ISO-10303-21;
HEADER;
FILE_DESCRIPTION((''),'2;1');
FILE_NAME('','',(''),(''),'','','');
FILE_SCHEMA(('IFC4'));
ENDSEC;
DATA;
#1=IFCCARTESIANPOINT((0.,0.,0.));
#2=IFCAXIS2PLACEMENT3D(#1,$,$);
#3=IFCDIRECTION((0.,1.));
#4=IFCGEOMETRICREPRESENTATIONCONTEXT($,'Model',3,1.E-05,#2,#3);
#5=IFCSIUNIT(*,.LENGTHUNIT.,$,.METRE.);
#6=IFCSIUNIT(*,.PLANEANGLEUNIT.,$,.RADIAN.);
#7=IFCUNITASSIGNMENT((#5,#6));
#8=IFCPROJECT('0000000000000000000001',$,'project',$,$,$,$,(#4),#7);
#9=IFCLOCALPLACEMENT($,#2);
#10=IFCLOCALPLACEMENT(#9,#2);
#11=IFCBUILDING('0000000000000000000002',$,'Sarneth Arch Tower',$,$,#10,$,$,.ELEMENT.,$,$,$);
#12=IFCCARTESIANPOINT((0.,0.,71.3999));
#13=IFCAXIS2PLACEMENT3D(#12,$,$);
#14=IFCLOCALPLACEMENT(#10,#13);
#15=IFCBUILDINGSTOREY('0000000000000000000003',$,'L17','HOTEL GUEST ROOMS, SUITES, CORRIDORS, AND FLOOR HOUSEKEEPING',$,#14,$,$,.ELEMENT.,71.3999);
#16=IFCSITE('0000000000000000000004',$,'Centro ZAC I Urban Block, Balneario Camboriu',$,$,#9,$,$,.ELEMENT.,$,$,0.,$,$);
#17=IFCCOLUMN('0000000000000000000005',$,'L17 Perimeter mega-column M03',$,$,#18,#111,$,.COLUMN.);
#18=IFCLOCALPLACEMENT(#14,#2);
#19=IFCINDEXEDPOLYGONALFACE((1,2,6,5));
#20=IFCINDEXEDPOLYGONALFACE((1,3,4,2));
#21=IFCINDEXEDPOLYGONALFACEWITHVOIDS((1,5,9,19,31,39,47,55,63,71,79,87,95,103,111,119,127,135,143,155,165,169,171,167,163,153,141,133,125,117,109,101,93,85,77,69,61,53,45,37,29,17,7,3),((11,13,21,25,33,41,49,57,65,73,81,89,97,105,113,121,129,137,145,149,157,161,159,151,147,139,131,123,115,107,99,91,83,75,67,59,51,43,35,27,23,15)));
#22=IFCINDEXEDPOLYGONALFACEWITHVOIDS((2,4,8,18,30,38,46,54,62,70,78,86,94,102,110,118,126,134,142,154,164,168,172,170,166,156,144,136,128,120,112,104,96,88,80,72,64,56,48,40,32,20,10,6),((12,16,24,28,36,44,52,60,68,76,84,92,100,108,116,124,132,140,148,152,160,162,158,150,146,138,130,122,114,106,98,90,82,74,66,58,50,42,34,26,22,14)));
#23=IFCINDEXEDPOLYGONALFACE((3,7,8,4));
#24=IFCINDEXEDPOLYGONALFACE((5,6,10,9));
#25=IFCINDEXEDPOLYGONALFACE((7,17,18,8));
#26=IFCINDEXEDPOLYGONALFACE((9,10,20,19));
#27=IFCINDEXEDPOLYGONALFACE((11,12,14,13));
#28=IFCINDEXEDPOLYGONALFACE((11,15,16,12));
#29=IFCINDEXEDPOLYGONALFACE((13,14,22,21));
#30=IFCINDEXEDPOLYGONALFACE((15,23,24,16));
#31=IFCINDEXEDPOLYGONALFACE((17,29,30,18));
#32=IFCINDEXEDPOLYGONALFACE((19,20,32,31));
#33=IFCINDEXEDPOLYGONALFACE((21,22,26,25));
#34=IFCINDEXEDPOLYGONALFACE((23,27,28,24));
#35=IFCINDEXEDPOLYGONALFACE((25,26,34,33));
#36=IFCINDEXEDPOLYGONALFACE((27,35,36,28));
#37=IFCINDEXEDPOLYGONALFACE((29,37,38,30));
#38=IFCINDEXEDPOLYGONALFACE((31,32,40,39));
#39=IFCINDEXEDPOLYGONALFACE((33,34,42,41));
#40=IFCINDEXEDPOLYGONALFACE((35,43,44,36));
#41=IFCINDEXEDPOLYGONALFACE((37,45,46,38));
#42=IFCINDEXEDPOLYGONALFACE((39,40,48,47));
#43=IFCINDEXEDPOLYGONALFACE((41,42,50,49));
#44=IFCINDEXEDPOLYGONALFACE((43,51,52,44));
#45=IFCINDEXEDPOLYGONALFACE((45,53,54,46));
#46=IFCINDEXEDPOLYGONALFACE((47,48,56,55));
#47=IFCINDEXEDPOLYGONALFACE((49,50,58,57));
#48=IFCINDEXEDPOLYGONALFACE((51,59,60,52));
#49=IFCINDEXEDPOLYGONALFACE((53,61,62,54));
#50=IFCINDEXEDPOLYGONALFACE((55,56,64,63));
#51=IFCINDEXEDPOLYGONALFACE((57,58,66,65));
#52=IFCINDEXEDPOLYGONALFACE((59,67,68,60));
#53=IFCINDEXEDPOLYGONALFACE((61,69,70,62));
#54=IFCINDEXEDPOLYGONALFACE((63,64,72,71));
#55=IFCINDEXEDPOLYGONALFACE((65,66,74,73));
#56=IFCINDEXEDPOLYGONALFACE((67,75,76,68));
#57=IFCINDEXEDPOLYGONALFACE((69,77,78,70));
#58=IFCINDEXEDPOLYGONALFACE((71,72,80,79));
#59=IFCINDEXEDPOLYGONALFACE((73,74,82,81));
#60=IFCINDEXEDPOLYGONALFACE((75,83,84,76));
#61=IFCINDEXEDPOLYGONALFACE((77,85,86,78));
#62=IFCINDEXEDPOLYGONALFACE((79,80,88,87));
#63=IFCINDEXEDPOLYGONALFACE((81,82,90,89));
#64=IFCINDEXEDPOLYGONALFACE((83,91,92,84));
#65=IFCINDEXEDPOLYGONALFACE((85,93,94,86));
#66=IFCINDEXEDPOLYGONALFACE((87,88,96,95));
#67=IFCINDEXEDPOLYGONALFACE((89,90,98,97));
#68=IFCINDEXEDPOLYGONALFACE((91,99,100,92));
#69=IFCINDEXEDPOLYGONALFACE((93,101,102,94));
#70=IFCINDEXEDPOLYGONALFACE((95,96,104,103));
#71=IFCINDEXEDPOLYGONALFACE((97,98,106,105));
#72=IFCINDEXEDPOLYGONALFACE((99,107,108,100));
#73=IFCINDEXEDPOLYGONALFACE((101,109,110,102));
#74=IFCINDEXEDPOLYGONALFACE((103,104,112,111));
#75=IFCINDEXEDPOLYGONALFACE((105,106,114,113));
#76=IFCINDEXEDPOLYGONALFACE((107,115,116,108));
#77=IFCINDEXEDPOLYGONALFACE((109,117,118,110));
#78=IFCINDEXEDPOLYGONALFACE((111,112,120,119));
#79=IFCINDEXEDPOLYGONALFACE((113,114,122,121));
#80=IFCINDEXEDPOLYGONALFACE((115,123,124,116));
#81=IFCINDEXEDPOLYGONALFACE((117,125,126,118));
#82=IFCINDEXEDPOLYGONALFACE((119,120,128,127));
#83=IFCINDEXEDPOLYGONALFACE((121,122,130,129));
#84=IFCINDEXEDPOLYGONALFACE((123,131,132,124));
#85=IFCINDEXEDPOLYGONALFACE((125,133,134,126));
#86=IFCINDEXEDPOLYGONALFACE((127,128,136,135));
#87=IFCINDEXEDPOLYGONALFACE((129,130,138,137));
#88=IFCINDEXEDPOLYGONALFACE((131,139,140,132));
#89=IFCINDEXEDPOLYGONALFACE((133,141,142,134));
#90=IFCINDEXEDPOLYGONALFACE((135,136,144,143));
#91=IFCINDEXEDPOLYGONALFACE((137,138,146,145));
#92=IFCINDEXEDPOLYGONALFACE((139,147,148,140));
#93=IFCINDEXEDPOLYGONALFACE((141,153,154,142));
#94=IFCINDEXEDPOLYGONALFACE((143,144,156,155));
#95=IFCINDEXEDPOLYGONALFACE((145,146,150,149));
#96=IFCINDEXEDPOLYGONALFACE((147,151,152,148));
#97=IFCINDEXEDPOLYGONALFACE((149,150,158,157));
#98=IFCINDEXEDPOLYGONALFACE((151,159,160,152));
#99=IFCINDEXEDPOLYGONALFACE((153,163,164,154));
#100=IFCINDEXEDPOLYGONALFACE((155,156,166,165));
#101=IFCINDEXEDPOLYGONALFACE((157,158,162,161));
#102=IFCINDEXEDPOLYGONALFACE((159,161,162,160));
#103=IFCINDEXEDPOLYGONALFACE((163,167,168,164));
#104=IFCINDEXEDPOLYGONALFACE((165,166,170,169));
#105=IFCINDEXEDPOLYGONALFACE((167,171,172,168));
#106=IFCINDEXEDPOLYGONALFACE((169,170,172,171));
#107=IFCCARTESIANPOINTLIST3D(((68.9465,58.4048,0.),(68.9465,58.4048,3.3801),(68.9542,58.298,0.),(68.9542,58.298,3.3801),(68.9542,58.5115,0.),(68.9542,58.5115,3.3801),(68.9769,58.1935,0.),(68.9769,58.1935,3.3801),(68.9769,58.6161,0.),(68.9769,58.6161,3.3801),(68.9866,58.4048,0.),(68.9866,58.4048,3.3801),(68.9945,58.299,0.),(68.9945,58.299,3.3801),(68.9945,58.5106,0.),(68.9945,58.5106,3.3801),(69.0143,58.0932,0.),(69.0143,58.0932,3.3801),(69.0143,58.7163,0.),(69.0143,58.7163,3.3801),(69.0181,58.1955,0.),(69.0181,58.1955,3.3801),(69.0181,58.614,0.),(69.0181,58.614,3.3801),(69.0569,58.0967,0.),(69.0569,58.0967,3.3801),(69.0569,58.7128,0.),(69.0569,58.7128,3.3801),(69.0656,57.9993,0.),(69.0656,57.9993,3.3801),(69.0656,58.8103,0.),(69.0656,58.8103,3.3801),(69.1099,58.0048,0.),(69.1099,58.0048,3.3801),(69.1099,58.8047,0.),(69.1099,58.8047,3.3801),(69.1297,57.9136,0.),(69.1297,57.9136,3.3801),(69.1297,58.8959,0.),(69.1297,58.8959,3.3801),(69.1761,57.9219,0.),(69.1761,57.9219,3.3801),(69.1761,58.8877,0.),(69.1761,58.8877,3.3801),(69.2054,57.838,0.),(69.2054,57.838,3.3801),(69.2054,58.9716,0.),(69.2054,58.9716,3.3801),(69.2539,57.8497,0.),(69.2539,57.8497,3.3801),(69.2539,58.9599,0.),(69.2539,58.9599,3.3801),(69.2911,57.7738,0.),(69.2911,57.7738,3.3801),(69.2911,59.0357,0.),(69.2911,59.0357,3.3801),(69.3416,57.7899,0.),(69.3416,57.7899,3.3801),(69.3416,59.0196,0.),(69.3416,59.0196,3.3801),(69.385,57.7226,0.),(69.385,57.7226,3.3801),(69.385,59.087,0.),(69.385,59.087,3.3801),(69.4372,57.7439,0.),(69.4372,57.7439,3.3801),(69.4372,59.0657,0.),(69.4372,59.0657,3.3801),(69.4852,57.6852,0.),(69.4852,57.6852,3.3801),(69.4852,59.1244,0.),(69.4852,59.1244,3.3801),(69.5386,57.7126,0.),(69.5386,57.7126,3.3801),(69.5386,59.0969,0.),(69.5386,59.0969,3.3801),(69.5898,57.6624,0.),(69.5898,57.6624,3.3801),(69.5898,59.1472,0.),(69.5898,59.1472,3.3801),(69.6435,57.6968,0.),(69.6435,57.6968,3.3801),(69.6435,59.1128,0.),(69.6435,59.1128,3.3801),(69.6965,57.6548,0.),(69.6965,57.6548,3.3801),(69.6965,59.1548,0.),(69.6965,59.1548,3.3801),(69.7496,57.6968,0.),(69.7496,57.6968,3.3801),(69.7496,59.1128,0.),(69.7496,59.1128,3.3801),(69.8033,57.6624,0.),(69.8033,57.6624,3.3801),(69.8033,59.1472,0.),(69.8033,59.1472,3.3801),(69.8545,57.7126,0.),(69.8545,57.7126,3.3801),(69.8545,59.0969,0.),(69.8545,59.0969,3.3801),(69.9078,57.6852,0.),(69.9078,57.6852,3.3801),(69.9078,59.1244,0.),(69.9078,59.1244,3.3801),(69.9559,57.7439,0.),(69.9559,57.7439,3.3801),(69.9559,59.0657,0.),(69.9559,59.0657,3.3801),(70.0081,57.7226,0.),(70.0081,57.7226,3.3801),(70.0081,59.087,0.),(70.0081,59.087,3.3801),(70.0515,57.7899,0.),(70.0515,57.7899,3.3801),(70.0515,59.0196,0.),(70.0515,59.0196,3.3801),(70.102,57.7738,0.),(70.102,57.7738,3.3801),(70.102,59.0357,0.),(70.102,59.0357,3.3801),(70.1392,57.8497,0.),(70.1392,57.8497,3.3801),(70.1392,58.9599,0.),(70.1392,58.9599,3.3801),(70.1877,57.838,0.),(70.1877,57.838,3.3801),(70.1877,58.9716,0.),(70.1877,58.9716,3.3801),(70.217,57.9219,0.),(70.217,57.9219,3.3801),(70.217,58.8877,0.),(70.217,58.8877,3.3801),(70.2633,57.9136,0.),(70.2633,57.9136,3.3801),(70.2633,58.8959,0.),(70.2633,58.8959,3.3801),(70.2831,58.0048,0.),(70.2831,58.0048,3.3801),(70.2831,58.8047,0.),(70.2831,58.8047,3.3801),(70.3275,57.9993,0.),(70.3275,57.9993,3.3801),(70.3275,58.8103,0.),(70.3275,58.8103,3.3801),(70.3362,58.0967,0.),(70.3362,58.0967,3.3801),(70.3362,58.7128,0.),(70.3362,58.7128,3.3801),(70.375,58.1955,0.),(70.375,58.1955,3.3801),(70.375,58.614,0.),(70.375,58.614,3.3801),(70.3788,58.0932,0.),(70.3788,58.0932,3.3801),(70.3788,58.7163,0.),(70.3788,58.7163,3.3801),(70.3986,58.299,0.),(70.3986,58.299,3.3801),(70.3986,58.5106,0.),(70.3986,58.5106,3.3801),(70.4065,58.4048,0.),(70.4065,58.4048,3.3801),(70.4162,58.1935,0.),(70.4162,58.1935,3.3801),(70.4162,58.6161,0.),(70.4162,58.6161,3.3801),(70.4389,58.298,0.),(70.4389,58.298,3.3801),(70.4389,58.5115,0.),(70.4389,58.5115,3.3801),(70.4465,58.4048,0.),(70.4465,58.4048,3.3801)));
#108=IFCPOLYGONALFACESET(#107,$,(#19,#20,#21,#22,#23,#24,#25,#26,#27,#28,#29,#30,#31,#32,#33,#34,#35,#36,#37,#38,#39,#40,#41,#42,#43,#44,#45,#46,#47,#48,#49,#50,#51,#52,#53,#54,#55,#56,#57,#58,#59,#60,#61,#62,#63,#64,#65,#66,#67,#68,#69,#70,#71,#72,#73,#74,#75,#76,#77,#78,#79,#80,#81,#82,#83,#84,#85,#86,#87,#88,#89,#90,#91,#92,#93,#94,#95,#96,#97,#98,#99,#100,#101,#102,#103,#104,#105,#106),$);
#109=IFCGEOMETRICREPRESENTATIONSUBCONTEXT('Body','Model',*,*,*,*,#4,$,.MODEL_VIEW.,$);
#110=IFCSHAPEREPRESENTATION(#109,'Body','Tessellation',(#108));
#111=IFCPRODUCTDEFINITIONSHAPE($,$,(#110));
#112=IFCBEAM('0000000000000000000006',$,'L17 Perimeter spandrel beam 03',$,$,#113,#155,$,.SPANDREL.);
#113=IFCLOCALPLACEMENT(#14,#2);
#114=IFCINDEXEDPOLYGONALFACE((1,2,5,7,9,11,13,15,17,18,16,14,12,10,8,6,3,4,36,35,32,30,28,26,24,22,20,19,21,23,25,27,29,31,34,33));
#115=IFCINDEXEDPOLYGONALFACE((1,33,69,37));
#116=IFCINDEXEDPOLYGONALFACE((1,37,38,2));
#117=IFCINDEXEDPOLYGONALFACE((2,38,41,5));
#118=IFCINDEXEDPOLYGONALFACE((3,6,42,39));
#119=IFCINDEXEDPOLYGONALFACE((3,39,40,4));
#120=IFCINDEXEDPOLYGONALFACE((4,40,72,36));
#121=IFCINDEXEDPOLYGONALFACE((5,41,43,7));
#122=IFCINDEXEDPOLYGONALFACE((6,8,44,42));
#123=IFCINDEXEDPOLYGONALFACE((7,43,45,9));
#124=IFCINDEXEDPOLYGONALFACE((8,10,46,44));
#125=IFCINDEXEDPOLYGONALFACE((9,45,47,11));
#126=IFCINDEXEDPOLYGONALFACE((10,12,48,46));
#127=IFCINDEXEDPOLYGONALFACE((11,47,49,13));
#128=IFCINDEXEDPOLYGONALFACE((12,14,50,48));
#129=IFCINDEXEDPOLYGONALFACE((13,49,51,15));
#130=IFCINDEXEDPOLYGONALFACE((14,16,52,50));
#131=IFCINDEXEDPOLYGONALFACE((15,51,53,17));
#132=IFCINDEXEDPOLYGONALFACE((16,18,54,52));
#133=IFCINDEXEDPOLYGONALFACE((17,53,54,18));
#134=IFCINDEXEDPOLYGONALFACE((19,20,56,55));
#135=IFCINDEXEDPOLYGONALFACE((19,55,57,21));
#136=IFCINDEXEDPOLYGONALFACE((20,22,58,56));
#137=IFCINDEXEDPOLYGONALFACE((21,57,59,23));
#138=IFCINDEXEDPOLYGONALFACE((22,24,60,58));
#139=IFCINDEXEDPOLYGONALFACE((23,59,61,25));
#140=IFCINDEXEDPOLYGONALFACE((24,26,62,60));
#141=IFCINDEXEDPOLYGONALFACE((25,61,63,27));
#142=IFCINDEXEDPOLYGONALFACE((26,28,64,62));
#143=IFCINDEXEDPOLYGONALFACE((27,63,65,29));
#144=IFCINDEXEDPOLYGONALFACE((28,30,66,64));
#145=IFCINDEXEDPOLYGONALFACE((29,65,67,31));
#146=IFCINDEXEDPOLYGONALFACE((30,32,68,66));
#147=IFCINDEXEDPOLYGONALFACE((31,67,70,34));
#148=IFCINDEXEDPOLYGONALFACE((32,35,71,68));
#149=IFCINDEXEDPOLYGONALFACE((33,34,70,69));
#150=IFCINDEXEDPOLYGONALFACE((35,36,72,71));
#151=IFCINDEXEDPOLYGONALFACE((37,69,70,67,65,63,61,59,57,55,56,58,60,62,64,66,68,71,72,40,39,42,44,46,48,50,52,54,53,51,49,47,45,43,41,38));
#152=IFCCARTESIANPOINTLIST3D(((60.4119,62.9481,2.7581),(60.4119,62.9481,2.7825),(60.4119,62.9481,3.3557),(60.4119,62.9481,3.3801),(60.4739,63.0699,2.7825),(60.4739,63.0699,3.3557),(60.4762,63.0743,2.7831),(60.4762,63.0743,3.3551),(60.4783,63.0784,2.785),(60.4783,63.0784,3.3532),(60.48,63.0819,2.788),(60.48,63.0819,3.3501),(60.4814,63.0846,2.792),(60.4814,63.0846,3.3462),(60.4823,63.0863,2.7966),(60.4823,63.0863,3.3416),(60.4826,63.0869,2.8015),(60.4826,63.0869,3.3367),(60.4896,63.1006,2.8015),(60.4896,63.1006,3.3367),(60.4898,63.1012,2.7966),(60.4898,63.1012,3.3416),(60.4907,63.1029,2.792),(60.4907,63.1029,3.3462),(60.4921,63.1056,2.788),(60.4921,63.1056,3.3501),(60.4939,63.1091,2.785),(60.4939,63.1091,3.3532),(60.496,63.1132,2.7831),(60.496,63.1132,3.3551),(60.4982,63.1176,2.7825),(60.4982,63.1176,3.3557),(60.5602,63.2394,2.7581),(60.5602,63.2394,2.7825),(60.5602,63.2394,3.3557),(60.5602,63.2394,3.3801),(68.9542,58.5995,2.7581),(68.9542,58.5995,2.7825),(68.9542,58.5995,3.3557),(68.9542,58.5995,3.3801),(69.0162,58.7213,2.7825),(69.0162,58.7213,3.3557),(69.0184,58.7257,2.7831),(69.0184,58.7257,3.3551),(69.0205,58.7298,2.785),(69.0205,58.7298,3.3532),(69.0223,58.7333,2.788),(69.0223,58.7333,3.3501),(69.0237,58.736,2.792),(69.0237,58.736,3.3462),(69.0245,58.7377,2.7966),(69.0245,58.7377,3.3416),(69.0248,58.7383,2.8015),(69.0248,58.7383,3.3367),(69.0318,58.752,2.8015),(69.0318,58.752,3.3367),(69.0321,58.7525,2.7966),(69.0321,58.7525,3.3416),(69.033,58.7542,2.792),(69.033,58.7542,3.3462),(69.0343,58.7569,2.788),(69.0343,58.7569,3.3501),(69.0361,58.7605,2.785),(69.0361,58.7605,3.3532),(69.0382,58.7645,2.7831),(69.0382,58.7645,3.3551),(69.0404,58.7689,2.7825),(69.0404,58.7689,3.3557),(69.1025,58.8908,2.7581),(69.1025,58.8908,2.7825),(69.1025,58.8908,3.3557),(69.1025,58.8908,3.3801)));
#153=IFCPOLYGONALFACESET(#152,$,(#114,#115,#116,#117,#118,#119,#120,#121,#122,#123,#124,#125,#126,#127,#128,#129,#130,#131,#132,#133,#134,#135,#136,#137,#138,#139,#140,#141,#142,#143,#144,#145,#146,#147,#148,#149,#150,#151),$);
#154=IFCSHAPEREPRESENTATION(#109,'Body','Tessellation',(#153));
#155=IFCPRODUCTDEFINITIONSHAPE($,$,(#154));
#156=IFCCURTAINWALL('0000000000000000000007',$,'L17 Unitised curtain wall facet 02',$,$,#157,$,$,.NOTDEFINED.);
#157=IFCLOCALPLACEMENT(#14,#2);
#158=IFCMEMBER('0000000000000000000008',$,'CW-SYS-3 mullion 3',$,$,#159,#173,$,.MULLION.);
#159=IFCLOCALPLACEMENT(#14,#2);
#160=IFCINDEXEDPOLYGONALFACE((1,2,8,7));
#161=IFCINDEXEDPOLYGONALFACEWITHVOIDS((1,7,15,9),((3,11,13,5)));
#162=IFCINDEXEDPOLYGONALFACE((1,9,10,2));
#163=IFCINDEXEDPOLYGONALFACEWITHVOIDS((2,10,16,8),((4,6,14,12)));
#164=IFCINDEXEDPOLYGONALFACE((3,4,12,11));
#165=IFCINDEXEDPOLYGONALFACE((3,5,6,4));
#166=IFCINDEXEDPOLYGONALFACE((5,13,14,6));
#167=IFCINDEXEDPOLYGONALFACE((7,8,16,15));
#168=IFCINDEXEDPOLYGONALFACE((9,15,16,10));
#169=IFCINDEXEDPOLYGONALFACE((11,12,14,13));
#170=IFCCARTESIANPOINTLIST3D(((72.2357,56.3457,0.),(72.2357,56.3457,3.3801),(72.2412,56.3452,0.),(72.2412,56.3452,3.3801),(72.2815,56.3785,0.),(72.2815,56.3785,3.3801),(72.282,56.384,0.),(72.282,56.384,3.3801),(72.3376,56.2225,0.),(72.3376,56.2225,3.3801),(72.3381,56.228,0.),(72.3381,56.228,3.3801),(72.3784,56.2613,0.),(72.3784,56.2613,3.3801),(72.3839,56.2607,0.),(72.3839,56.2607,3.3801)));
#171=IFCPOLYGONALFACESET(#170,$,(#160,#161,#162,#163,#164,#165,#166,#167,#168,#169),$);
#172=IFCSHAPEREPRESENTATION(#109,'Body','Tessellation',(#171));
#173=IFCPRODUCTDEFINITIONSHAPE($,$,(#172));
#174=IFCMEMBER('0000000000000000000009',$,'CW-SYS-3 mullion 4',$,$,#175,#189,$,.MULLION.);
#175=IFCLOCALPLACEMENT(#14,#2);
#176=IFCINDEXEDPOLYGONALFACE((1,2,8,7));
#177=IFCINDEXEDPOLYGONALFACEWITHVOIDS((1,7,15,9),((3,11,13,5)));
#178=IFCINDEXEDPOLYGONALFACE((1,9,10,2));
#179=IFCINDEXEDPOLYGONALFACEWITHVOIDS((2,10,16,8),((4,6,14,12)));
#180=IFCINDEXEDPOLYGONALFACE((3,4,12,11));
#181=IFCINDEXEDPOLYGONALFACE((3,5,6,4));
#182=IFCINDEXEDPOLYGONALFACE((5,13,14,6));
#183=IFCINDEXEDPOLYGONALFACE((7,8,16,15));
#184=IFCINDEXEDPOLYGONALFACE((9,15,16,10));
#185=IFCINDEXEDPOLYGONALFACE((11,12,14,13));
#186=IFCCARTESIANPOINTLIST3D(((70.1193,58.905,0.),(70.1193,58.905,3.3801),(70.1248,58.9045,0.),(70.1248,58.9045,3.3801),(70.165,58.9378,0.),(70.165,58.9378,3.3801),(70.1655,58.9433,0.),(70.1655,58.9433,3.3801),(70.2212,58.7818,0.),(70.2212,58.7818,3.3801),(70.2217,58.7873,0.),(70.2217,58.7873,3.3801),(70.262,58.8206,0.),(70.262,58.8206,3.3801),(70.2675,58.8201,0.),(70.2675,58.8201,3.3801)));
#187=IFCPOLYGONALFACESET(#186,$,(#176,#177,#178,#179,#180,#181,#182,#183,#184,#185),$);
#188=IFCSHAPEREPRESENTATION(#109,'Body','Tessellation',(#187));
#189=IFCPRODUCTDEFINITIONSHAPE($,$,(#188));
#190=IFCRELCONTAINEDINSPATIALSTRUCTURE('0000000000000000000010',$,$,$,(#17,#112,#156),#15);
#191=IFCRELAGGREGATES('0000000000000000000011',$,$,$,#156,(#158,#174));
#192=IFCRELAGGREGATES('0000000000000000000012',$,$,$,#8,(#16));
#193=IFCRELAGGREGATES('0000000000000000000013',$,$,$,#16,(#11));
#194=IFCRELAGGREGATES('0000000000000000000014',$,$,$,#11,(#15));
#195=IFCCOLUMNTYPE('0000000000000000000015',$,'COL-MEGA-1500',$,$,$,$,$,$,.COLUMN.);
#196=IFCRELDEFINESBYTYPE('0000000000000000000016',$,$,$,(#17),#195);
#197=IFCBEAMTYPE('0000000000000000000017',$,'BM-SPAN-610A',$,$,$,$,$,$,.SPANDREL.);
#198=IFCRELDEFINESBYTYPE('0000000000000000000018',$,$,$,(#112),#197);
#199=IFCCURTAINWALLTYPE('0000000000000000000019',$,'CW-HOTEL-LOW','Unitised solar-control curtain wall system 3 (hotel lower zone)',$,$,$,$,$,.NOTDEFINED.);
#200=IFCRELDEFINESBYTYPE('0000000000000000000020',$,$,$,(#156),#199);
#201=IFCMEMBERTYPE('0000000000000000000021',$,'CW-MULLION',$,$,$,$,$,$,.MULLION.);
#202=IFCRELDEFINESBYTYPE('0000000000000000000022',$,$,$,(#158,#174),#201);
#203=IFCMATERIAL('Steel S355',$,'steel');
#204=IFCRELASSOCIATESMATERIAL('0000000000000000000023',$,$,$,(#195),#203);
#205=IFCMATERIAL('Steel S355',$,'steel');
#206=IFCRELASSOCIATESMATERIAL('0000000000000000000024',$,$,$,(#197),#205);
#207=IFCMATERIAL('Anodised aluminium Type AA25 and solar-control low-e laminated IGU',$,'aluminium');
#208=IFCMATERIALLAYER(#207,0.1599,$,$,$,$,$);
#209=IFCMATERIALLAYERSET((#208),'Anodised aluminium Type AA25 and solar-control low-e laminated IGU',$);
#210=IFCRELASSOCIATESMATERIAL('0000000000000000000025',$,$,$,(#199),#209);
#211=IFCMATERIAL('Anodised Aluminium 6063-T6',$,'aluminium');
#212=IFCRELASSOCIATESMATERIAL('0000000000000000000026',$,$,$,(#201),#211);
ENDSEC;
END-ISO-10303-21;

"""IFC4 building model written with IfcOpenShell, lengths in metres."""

from ifc_helpers import new_model, si_unit, direction, frame, origin, origin_2d, place, context, subcontext, project, spatial, hollow_rectangle, hollow_circle, i_section, extrude, material, layer, layer_set, material_profile, profile_set, type_object, element, aggregate, save


model = new_model("IFC4")

# Units and contexts
model_context = context("Model", 3, precision=1e-05, world=origin(), true_north=direction((0.0, 1.0)))
body_context = subcontext(model_context, "Body", "Model", "MODEL_VIEW")
ifc_project = project(units=[si_unit("LENGTHUNIT", "METRE"), si_unit("PLANEANGLEUNIT", "RADIAN")], contexts=[model_context])

# Site, building, storey
site_placement = place(None, origin())
site = spatial("IfcSite", under=ifc_project, at=site_placement, Name="Centro ZAC I Urban Block, Balneario Camboriu", CompositionType="ELEMENT", RefElevation=0.0)
building_placement = place(site_placement, origin())
building = spatial("IfcBuilding", under=site, at=building_placement, Name="Sarneth Arch Tower", CompositionType="ELEMENT")
storey_placement = place(building_placement, frame((0.0, 0.0, 71.3999)))
storey = spatial("IfcBuildingStorey", under=building, at=storey_placement, Name="L17", Description="HOTEL GUEST ROOMS, SUITES, CORRIDORS, AND FLOOR HOUSEKEEPING", CompositionType="ELEMENT", Elevation=71.3999)

# Column
ifc_material_1 = material(Name="Steel S355", Category="steel")
ifc_material_profile_1 = material_profile(ifc_material_1, hollow_circle(Radius=0.75, WallThickness=0.04, at=origin_2d()), Name="CHS1500x40")
ifc_profile_set_1 = profile_set([ifc_material_profile_1], Name="Steel S355")
column_type = type_object("IfcColumnType", Name="COL-MEGA-1500", PredefinedType="COLUMN", material=ifc_profile_set_1)
column_placement = place(storey_placement, frame((69.6965, 58.4048, 0.0), z_axis=(0.0, 0.0, 1.0), x_axis=(1.0, 0.0, 0.0)))
element("IfcColumn", 1, at=column_placement, inside=storey, type_object=column_type, Name="L17 Perimeter mega-column M03", PredefinedType="COLUMN", context=body_context, shape_type="SweptSolid", body=[
    extrude(hollow_circle(Radius=0.75, WallThickness=0.04, at=origin_2d()), origin(), (0.0, 0.0, 1.0), 3.3801),
])

# Beam
ifc_material_2 = material(Name="Steel S355", Category="steel")
ifc_material_profile_2 = material_profile(ifc_material_2, i_section(OverallWidth=0.3269, OverallDepth=0.6221, WebThickness=0.0154, FlangeThickness=0.0244, FilletRadius=0.019, at=origin_2d()), Name="W610x195")
ifc_profile_set_2 = profile_set([ifc_material_profile_2], Name="Steel S355")
beam_type = type_object("IfcBeamType", Name="BM-SPAN-610A", PredefinedType="SPANDREL", material=ifc_profile_set_2)
beam_placement = place(storey_placement, frame((69.0283, 58.7451, 3.0691), z_axis=(-0.891169, 0.453671, 0.0), x_axis=(-0.453671, -0.891169, 0.0)))
element("IfcBeam", 2, at=beam_placement, inside=storey, type_object=beam_type, Name="L17 Perimeter spandrel beam 03", PredefinedType="SPANDREL", context=body_context, shape_type="SweptSolid", body=[
    extrude(i_section(OverallWidth=0.3269, OverallDepth=0.6221, WebThickness=0.0154, FlangeThickness=0.0244, FilletRadius=0.019, at=origin_2d()), origin(), (0.0, 0.0, 1.0), 9.5854),
])

# Curtain wall, members
ifc_material_3 = material(Name="Anodised aluminium Type AA25 and solar-control low-e laminated IGU", Category="aluminium")
ifc_layer_1 = layer(ifc_material_3, 0.1599)
ifc_layer_set_1 = layer_set([ifc_layer_1], Name="Anodised aluminium Type AA25 and solar-control low-e laminated IGU")
curtain_wall_type = type_object("IfcCurtainWallType", Name="CW-HOTEL-LOW", Description="Unitised solar-control curtain wall system 3 (hotel lower zone)", PredefinedType="NOTDEFINED", material=ifc_layer_set_1)
curtain_wall_placement = place(storey_placement, origin())
curtain_wall = element("IfcCurtainWall", 3, at=curtain_wall_placement, inside=storey, type_object=curtain_wall_type, Name="L17 Unitised curtain wall facet 02", PredefinedType="NOTDEFINED")
ifc_material_4 = material(Name="Anodised Aluminium 6063-T6", Category="aluminium")
ifc_material_profile_3 = material_profile(ifc_material_4, hollow_rectangle(XDim=0.0601, YDim=0.1599, WallThickness=0.0039, at=origin_2d()), Name="AL-MULL-160x60x4")
ifc_profile_set_3 = profile_set([ifc_material_profile_3], Name="Anodised Aluminium 6063-T6")
member_type_1 = type_object("IfcMemberType", Name="CW-MULLION", PredefinedType="MULLION", material=ifc_profile_set_3)
member_1_placement = place(storey_placement, frame((72.3098, 56.3032, 0.0), z_axis=(0.0, 0.0, 1.0), x_axis=(-0.770623, -0.637291, 0.0)))
member_1 = element("IfcMember", 4, at=member_1_placement, type_object=member_type_1, Name="CW-SYS-3 mullion 3", PredefinedType="MULLION", context=body_context, shape_type="SweptSolid", body=[
    extrude(hollow_rectangle(XDim=0.0601, YDim=0.1599, WallThickness=0.0039, at=origin_2d()), origin(), (0.0, 0.0, 1.0), 3.3801),
])
member_2_placement = place(storey_placement, frame((70.1934, 58.8625, 0.0), z_axis=(0.0, 0.0, 1.0), x_axis=(-0.770623, -0.637291, 0.0)))
member_2 = element("IfcMember", 5, at=member_2_placement, type_object=member_type_1, Name="CW-SYS-3 mullion 4", PredefinedType="MULLION", context=body_context, shape_type="SweptSolid", body=[
    extrude(hollow_rectangle(XDim=0.0601, YDim=0.1599, WallThickness=0.0039, at=origin_2d()), origin(), (0.0, 0.0, 1.0), 3.3801),
])

aggregate(curtain_wall, [member_1, member_2])

save(model, "model.ifc")
